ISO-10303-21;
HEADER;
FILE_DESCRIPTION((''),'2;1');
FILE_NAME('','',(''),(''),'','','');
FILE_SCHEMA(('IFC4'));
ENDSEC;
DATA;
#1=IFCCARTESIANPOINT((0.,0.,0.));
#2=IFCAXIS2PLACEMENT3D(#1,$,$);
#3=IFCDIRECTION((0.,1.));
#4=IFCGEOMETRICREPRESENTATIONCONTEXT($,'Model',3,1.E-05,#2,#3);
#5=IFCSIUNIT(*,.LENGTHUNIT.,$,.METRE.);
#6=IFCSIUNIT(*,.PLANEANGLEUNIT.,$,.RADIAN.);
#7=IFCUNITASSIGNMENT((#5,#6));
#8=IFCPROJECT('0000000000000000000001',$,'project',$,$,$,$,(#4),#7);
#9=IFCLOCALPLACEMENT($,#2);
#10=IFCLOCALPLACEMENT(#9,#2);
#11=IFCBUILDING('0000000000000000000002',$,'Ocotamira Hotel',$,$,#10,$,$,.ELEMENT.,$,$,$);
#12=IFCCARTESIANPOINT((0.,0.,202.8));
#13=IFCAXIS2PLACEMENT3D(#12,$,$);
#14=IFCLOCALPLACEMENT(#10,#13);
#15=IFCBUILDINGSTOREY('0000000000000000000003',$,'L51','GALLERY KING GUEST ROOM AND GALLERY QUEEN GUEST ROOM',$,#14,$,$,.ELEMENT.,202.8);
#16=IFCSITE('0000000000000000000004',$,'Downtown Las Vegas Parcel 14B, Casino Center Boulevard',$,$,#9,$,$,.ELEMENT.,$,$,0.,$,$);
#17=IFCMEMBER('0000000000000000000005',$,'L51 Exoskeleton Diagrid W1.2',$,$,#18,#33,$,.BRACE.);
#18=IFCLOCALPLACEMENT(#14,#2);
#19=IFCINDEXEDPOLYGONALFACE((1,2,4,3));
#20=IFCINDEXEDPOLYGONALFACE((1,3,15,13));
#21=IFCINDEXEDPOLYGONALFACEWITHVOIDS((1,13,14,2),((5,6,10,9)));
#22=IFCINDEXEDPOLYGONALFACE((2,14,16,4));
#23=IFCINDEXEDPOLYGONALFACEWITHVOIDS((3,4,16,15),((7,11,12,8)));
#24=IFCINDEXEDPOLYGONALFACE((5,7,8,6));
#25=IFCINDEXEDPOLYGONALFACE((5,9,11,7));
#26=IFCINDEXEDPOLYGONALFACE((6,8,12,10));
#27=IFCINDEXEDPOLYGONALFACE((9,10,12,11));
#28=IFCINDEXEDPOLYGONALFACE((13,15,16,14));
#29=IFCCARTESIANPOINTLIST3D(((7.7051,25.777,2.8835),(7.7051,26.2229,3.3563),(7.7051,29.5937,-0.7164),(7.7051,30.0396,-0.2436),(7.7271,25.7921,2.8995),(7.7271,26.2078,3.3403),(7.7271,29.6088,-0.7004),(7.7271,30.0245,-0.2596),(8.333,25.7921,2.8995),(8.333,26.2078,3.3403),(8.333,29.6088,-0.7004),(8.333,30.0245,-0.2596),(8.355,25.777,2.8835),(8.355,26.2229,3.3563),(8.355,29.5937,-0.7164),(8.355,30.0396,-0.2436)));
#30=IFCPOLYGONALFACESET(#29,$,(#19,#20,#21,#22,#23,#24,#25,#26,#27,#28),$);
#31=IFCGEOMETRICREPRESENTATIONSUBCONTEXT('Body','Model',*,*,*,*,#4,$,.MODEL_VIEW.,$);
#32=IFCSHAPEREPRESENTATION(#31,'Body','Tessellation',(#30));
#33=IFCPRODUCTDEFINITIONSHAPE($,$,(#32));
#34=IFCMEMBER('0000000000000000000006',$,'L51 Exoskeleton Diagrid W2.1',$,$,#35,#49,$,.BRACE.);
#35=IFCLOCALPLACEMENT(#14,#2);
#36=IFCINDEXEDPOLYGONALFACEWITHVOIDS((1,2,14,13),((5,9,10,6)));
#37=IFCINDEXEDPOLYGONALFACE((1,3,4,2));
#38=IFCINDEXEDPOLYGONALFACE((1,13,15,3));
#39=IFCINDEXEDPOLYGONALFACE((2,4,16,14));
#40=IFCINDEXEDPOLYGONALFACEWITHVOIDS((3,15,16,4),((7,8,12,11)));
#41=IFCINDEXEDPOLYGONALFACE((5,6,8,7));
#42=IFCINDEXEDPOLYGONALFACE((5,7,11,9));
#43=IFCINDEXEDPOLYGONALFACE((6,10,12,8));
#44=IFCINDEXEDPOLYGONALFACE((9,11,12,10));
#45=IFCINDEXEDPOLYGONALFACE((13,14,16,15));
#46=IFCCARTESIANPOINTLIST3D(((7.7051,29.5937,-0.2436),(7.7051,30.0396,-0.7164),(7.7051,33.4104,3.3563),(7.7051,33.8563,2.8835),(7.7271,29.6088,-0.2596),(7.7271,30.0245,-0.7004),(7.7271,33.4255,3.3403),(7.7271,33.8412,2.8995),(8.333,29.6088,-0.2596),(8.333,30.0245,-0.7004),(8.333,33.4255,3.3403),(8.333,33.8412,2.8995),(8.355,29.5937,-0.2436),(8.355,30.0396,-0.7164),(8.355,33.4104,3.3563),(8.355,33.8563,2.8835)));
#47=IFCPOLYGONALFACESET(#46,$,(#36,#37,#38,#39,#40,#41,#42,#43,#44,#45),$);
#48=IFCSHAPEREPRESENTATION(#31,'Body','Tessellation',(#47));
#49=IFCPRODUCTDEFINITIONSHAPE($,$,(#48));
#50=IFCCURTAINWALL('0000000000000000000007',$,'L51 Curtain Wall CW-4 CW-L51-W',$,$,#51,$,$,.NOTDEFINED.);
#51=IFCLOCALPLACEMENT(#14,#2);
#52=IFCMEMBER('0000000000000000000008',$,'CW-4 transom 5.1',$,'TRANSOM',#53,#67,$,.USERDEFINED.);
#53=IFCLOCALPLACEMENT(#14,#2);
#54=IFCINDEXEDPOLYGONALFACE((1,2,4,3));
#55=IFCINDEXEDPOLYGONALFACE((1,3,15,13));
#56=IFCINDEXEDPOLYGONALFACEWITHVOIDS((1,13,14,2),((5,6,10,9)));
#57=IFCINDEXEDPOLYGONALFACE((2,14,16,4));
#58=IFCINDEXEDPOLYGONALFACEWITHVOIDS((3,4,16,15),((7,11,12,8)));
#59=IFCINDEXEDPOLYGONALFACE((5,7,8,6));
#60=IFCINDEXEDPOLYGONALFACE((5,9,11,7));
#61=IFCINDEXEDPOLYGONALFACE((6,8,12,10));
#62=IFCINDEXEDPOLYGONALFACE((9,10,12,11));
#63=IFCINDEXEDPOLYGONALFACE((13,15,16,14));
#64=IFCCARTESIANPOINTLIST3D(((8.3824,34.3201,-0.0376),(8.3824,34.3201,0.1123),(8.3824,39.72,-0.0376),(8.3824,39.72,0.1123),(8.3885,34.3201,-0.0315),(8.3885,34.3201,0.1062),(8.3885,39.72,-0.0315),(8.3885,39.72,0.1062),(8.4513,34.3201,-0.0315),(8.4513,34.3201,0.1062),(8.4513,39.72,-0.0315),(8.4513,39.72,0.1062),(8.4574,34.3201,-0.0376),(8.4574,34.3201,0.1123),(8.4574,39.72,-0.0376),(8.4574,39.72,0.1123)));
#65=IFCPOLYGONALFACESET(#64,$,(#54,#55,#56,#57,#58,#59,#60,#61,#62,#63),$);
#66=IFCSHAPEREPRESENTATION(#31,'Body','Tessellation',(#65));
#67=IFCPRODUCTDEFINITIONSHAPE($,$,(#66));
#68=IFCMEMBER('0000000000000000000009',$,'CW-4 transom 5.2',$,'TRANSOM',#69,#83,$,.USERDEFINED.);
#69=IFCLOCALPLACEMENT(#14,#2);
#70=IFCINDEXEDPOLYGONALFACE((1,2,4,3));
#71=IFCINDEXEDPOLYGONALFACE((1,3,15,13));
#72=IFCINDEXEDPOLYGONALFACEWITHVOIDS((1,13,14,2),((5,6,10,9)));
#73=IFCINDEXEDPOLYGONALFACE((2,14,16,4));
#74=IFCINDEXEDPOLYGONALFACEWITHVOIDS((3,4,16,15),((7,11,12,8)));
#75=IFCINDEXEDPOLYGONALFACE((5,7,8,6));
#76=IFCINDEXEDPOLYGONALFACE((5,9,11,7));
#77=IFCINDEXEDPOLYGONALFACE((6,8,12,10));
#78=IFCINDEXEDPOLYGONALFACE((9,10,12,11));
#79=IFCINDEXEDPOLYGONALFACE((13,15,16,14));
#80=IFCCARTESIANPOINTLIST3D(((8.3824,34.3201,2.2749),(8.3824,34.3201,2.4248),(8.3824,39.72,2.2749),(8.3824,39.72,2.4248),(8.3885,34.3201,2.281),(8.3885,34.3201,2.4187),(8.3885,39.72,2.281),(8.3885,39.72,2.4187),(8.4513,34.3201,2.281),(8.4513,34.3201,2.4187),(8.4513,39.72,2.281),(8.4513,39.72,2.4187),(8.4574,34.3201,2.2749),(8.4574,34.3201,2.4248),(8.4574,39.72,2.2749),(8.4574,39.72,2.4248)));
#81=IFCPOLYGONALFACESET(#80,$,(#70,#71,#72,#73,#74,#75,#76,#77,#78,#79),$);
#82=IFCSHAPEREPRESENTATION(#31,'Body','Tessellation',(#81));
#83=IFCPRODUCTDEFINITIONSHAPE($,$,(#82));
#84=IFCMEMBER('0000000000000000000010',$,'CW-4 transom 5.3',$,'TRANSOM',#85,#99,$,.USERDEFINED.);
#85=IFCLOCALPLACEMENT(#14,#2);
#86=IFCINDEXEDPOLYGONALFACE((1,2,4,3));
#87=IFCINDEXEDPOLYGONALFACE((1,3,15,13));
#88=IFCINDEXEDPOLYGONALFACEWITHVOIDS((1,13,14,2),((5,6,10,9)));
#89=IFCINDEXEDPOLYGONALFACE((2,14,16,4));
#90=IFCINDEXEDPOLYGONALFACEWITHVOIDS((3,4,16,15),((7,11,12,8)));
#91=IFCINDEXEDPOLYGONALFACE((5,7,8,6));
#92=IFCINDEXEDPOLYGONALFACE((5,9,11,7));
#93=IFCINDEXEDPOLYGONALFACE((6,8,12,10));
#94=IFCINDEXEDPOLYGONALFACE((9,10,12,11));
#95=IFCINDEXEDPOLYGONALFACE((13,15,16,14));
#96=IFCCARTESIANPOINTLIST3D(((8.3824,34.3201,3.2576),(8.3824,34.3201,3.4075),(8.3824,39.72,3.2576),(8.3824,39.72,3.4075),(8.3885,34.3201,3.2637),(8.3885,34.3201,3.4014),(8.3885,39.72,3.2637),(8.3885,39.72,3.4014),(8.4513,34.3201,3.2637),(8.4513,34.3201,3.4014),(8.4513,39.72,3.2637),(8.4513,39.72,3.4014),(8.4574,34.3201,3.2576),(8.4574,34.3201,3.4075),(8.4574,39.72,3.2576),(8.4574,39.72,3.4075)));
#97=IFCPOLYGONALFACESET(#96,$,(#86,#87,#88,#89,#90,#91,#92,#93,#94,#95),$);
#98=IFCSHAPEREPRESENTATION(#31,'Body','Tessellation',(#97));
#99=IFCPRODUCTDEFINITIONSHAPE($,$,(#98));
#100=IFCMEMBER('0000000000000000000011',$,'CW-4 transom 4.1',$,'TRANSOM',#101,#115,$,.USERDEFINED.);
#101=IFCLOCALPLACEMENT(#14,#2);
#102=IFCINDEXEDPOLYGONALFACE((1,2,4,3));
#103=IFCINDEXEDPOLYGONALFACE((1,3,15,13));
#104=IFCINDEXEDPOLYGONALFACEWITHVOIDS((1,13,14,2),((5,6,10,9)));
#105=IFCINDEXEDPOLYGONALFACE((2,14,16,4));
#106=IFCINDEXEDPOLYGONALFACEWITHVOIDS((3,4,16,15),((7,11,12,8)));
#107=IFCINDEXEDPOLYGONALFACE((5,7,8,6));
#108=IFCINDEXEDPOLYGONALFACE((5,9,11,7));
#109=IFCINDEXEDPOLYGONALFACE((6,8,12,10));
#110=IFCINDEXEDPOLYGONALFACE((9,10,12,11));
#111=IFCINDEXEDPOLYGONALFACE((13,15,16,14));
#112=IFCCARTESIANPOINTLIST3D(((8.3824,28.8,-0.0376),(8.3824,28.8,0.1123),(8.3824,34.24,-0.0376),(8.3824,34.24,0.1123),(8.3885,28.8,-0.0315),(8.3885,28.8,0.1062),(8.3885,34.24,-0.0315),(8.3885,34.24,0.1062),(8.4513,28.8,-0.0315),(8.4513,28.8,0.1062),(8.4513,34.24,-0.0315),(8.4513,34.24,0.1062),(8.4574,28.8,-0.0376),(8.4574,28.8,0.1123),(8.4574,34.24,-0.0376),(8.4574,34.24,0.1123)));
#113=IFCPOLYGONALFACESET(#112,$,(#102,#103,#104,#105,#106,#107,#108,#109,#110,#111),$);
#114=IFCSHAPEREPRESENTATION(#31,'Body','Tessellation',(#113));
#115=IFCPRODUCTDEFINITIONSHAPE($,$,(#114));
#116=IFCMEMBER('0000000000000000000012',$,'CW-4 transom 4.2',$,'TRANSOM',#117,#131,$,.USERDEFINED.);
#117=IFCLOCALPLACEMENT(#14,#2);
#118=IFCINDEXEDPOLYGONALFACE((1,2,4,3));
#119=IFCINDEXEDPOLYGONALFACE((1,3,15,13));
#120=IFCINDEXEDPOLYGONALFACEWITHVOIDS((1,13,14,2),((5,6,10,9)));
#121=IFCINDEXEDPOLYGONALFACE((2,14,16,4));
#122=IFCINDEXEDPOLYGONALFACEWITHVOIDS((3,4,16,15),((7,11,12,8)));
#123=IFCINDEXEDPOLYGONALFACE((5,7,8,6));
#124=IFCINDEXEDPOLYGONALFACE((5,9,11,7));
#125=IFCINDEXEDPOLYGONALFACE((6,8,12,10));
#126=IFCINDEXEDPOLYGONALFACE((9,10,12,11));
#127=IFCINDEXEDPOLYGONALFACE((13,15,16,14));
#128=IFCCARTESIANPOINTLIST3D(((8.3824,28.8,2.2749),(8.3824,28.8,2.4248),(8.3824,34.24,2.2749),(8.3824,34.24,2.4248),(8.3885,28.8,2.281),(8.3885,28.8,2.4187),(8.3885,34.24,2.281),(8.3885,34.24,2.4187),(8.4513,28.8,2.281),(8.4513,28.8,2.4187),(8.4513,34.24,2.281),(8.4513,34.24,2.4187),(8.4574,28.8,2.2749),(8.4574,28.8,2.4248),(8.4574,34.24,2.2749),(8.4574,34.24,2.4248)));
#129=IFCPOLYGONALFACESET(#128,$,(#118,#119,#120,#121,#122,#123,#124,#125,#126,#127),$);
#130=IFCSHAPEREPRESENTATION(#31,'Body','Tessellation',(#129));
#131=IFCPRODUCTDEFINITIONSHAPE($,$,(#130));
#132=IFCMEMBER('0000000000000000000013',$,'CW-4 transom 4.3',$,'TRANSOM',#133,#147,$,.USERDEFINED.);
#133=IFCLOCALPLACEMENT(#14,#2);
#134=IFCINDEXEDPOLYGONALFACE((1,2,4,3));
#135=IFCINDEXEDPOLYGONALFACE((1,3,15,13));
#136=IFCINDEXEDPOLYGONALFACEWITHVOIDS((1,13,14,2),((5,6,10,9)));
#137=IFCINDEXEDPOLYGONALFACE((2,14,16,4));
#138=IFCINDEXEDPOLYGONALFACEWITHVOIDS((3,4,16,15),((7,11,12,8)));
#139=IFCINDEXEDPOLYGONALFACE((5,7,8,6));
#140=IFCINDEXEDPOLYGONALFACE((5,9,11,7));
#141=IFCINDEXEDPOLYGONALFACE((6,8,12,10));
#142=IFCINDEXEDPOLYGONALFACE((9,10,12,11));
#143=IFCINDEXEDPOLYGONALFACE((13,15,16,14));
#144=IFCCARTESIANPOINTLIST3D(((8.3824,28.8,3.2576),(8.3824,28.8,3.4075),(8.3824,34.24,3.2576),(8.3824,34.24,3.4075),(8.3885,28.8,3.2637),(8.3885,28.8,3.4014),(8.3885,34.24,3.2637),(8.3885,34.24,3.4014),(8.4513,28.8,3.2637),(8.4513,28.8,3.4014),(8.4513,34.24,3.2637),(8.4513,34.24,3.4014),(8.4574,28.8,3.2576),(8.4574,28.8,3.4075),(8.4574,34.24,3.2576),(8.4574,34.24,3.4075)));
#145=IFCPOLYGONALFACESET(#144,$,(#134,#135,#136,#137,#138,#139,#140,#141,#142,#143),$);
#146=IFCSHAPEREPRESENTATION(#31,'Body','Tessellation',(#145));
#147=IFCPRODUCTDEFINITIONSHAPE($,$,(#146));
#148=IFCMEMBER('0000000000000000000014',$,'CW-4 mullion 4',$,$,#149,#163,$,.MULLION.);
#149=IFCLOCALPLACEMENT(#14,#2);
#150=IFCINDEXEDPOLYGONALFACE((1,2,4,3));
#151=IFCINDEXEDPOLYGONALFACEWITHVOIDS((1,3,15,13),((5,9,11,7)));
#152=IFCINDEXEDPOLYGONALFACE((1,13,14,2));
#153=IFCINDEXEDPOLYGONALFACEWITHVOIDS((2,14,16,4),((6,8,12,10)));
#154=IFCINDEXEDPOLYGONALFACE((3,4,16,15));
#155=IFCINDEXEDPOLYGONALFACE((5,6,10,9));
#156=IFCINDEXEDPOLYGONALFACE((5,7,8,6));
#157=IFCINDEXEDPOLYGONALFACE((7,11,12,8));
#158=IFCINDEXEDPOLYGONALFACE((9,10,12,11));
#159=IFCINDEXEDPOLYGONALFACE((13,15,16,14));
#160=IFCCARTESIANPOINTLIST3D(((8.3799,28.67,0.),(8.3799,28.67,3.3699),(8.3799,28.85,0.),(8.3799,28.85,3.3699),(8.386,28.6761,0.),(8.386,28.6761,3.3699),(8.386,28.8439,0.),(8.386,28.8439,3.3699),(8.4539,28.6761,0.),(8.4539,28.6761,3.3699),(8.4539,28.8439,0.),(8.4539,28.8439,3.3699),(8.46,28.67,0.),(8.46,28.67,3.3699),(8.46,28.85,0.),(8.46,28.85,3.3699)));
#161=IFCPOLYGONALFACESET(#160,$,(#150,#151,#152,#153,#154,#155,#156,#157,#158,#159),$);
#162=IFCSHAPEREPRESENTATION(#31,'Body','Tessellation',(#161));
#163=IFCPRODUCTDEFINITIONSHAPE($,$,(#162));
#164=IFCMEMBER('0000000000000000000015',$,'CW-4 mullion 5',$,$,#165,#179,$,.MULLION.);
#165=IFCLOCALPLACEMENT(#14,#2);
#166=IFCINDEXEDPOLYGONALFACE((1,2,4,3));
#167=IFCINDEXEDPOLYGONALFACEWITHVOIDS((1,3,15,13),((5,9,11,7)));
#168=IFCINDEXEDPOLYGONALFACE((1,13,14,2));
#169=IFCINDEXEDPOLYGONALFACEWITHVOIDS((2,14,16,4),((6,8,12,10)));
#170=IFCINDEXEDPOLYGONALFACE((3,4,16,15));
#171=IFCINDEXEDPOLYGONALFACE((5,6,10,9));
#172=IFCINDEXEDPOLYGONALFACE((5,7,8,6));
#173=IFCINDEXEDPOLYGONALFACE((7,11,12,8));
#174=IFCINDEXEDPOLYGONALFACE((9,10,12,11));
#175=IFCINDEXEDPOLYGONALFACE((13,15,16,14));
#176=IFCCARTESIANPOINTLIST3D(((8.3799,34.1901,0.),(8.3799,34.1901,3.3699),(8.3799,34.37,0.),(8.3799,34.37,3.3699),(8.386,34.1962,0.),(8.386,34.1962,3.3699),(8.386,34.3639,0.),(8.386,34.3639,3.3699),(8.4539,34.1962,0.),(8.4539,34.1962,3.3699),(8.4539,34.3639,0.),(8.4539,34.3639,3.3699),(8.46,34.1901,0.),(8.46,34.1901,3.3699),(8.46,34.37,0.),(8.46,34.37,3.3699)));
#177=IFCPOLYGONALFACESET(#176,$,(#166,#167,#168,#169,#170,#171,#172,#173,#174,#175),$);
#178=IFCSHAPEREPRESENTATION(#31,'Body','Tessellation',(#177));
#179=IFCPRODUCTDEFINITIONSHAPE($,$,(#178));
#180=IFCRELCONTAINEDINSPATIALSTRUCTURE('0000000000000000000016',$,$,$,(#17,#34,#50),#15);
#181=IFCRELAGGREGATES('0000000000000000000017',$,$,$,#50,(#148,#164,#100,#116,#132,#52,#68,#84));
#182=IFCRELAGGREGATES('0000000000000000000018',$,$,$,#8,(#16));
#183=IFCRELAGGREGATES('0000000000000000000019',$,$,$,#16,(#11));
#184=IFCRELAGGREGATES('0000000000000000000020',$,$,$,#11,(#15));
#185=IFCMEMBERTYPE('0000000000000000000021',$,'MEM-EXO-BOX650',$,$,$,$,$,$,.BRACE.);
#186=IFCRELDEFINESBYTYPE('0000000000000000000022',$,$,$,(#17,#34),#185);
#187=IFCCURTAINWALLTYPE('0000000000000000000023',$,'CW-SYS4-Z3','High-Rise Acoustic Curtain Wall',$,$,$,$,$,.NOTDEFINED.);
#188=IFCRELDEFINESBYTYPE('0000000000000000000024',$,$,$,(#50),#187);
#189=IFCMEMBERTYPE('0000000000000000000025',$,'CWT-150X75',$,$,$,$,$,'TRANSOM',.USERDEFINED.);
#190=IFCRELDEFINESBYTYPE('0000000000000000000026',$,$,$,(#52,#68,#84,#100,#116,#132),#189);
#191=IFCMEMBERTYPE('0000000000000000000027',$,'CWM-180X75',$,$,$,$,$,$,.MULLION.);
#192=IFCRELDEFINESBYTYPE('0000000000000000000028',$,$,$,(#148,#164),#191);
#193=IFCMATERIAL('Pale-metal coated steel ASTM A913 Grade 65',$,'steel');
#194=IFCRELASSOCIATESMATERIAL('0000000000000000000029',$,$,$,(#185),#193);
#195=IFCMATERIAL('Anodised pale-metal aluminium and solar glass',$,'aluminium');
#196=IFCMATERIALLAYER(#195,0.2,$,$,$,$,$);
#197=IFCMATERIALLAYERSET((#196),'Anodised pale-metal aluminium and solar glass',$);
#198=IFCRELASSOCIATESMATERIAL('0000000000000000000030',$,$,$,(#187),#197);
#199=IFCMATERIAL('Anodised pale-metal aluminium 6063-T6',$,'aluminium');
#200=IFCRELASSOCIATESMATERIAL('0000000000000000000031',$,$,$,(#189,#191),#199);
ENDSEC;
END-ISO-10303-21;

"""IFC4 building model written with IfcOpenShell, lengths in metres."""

from ifc_helpers import new_model, si_unit, direction, frame, origin, origin_2d, place, context, subcontext, project, spatial, hollow_rectangle, extrude, source, transform, mapped, material, layer, layer_set, material_profile, profile_set, type_object, element, aggregate, save


model = new_model("IFC4")

# Units and contexts
model_context = context("Model", 3, precision=1e-05, world=origin(), true_north=direction((0.0, 1.0)))
body_context = subcontext(model_context, "Body", "Model", "MODEL_VIEW")
ifc_project = project(units=[si_unit("LENGTHUNIT", "METRE"), si_unit("PLANEANGLEUNIT", "RADIAN")], contexts=[model_context])

# Site, building, storey
site_placement = place(None, origin())
site = spatial("IfcSite", under=ifc_project, at=site_placement, Name="Downtown Las Vegas Parcel 14B, Casino Center Boulevard", CompositionType="ELEMENT", RefElevation=0.0)
building_placement = place(site_placement, origin())
building = spatial("IfcBuilding", under=site, at=building_placement, Name="Ocotamira Hotel", CompositionType="ELEMENT")
storey_placement = place(building_placement, frame((0.0, 0.0, 202.8)))
storey = spatial("IfcBuildingStorey", under=building, at=storey_placement, Name="L51", Description="GALLERY KING GUEST ROOM AND GALLERY QUEEN GUEST ROOM", CompositionType="ELEMENT", Elevation=202.8)

# Members
ifc_material_1 = material(Name="Pale-metal coated steel ASTM A913 Grade 65", Category="steel")
ifc_material_profile_1 = material_profile(ifc_material_1, hollow_rectangle(XDim=0.6499, YDim=0.6499, WallThickness=0.022, at=origin_2d()), Name="BOX650X650X22")
ifc_profile_set_1 = profile_set([ifc_material_profile_1], Name="Pale-metal coated steel ASTM A913 Grade 65")
member_type_1 = type_object("IfcMemberType", Name="MEM-EXO-BOX650", PredefinedType="BRACE", material=ifc_profile_set_1)
shared_shape_1 = source(origin(), body_context, "Body", "SweptSolid", [
    extrude(hollow_rectangle(XDim=0.6499, YDim=0.6499, WallThickness=0.022, at=origin_2d()), origin(), (0.0, 0.0, 1.0), 5.2466),
])
for number, where, z_axis, x_axis, name in (
    (1, (8.03, 29.8167, -0.48), (0.0, -0.727466, 0.686144), (1.0, 0.0, 0.0), "L51 Exoskeleton Diagrid W1.2"),
    (2, (8.03, 29.8167, -0.48), (0.0, 0.727466, 0.686144), (-1.0, 0.0, 0.0), "L51 Exoskeleton Diagrid W2.1"),
):
    element("IfcMember", number, at=place(storey_placement, frame(where, z_axis=z_axis, x_axis=x_axis)), inside=storey, type_object=member_type_1, Name=name, PredefinedType="BRACE", context=body_context, shape_type="MappedRepresentation", body=[
        mapped(shared_shape_1, transform((0.0, 0.0, 0.0), scale=1.0)),
    ])

# Curtain wall, members
ifc_material_2 = material(Name="Anodised pale-metal aluminium and solar glass", Category="aluminium")
ifc_layer_1 = layer(ifc_material_2, 0.2)
ifc_layer_set_1 = layer_set([ifc_layer_1], Name="Anodised pale-metal aluminium and solar glass")
curtain_wall_type = type_object("IfcCurtainWallType", Name="CW-SYS4-Z3", Description="High-Rise Acoustic Curtain Wall", PredefinedType="NOTDEFINED", material=ifc_layer_set_1)
curtain_wall_placement = place(storey_placement, origin())
curtain_wall = element("IfcCurtainWall", 3, at=curtain_wall_placement, inside=storey, type_object=curtain_wall_type, Name="L51 Curtain Wall CW-4 CW-L51-W", PredefinedType="NOTDEFINED")
ifc_material_3 = material(Name="Anodised pale-metal aluminium 6063-T6", Category="aluminium")
ifc_material_profile_2 = material_profile(ifc_material_3, hollow_rectangle(XDim=0.075, YDim=0.1499, WallThickness=0.0061, at=origin_2d()), Name="HSS150X75X6")
ifc_profile_set_2 = profile_set([ifc_material_profile_2], Name="Anodised pale-metal aluminium 6063-T6")
member_type_2 = type_object("IfcMemberType", Name="CWT-150X75", ElementType="TRANSOM", PredefinedType="USERDEFINED", material=ifc_profile_set_2)
shared_shape_2 = source(origin(), body_context, "Body", "SweptSolid", [
    extrude(hollow_rectangle(XDim=0.075, YDim=0.1499, WallThickness=0.0061, at=origin_2d()), origin(), (0.0, 0.0, 1.0), 5.3999),
])
member_1_placement = place(storey_placement, frame((8.4199, 34.3201, 0.0374), z_axis=(0.0, 1.0, 0.0), x_axis=(-1.0, 0.0, 0.0)))
member_1 = element("IfcMember", 4, at=member_1_placement, type_object=member_type_2, Name="CW-4 transom 5.1", ObjectType="TRANSOM", PredefinedType="USERDEFINED", context=body_context, shape_type="MappedRepresentation", body=[
    mapped(shared_shape_2, transform((0.0, 0.0, 0.0), scale=1.0)),
])
member_2_placement = place(storey_placement, frame((8.4199, 34.3201, 2.3499), z_axis=(0.0, 1.0, 0.0), x_axis=(-1.0, 0.0, 0.0)))
member_2 = element("IfcMember", 5, at=member_2_placement, type_object=member_type_2, Name="CW-4 transom 5.2", ObjectType="TRANSOM", PredefinedType="USERDEFINED", context=body_context, shape_type="MappedRepresentation", body=[
    mapped(shared_shape_2, transform((0.0, 0.0, 0.0), scale=1.0)),
])
member_3_placement = place(storey_placement, frame((8.4199, 34.3201, 3.3325), z_axis=(0.0, 1.0, 0.0), x_axis=(-1.0, 0.0, 0.0)))
member_3 = element("IfcMember", 6, at=member_3_placement, type_object=member_type_2, Name="CW-4 transom 5.3", ObjectType="TRANSOM", PredefinedType="USERDEFINED", context=body_context, shape_type="MappedRepresentation", body=[
    mapped(shared_shape_2, transform((0.0, 0.0, 0.0), scale=1.0)),
])
shared_shape_3 = source(origin(), body_context, "Body", "SweptSolid", [
    extrude(hollow_rectangle(XDim=0.075, YDim=0.1499, WallThickness=0.0061, at=origin_2d()), origin(), (0.0, 0.0, 1.0), 5.4399),
])
member_4_placement = place(storey_placement, frame((8.4199, 28.8, 0.0374), z_axis=(0.0, 1.0, 0.0), x_axis=(-1.0, 0.0, 0.0)))
member_4 = element("IfcMember", 7, at=member_4_placement, type_object=member_type_2, Name="CW-4 transom 4.1", ObjectType="TRANSOM", PredefinedType="USERDEFINED", context=body_context, shape_type="MappedRepresentation", body=[
    mapped(shared_shape_3, transform((0.0, 0.0, 0.0), scale=1.0)),
])
member_5_placement = place(storey_placement, frame((8.4199, 28.8, 2.3499), z_axis=(0.0, 1.0, 0.0), x_axis=(-1.0, 0.0, 0.0)))
member_5 = element("IfcMember", 8, at=member_5_placement, type_object=member_type_2, Name="CW-4 transom 4.2", ObjectType="TRANSOM", PredefinedType="USERDEFINED", context=body_context, shape_type="MappedRepresentation", body=[
    mapped(shared_shape_3, transform((0.0, 0.0, 0.0), scale=1.0)),
])
member_6_placement = place(storey_placement, frame((8.4199, 28.8, 3.3325), z_axis=(0.0, 1.0, 0.0), x_axis=(-1.0, 0.0, 0.0)))
member_6 = element("IfcMember", 9, at=member_6_placement, type_object=member_type_2, Name="CW-4 transom 4.3", ObjectType="TRANSOM", PredefinedType="USERDEFINED", context=body_context, shape_type="MappedRepresentation", body=[
    mapped(shared_shape_3, transform((0.0, 0.0, 0.0), scale=1.0)),
])
ifc_material_profile_3 = material_profile(ifc_material_3, hollow_rectangle(XDim=0.0801, YDim=0.1799, WallThickness=0.0061, at=origin_2d()), Name="HSS180X80X6")
ifc_profile_set_3 = profile_set([ifc_material_profile_3], Name="Anodised pale-metal aluminium 6063-T6")
member_type_3 = type_object("IfcMemberType", Name="CWM-180X75", PredefinedType="MULLION", material=ifc_profile_set_3)
shared_shape_4 = source(origin(), body_context, "Body", "SweptSolid", [
    extrude(hollow_rectangle(XDim=0.0801, YDim=0.1799, WallThickness=0.0061, at=origin_2d()), origin(), (0.0, 0.0, 1.0), 3.3699),
])
member_7_placement = place(storey_placement, frame((8.4199, 28.76, 0.0), z_axis=(0.0, 0.0, 1.0), x_axis=(-1.0, 0.0, 0.0)))
member_7 = element("IfcMember", 10, at=member_7_placement, type_object=member_type_3, Name="CW-4 mullion 4", PredefinedType="MULLION", context=body_context, shape_type="MappedRepresentation", body=[
    mapped(shared_shape_4, transform((0.0, 0.0, 0.0), scale=1.0)),
])
member_8_placement = place(storey_placement, frame((8.4199, 34.28, 0.0), z_axis=(0.0, 0.0, 1.0), x_axis=(-1.0, 0.0, 0.0)))
member_8 = element("IfcMember", 11, at=member_8_placement, type_object=member_type_3, Name="CW-4 mullion 5", PredefinedType="MULLION", context=body_context, shape_type="MappedRepresentation", body=[
    mapped(shared_shape_4, transform((0.0, 0.0, 0.0), scale=1.0)),
])

aggregate(curtain_wall, [member_7, member_8, member_4, member_5, member_6, member_1, member_2, member_3])

save(model, "model.ifc")
